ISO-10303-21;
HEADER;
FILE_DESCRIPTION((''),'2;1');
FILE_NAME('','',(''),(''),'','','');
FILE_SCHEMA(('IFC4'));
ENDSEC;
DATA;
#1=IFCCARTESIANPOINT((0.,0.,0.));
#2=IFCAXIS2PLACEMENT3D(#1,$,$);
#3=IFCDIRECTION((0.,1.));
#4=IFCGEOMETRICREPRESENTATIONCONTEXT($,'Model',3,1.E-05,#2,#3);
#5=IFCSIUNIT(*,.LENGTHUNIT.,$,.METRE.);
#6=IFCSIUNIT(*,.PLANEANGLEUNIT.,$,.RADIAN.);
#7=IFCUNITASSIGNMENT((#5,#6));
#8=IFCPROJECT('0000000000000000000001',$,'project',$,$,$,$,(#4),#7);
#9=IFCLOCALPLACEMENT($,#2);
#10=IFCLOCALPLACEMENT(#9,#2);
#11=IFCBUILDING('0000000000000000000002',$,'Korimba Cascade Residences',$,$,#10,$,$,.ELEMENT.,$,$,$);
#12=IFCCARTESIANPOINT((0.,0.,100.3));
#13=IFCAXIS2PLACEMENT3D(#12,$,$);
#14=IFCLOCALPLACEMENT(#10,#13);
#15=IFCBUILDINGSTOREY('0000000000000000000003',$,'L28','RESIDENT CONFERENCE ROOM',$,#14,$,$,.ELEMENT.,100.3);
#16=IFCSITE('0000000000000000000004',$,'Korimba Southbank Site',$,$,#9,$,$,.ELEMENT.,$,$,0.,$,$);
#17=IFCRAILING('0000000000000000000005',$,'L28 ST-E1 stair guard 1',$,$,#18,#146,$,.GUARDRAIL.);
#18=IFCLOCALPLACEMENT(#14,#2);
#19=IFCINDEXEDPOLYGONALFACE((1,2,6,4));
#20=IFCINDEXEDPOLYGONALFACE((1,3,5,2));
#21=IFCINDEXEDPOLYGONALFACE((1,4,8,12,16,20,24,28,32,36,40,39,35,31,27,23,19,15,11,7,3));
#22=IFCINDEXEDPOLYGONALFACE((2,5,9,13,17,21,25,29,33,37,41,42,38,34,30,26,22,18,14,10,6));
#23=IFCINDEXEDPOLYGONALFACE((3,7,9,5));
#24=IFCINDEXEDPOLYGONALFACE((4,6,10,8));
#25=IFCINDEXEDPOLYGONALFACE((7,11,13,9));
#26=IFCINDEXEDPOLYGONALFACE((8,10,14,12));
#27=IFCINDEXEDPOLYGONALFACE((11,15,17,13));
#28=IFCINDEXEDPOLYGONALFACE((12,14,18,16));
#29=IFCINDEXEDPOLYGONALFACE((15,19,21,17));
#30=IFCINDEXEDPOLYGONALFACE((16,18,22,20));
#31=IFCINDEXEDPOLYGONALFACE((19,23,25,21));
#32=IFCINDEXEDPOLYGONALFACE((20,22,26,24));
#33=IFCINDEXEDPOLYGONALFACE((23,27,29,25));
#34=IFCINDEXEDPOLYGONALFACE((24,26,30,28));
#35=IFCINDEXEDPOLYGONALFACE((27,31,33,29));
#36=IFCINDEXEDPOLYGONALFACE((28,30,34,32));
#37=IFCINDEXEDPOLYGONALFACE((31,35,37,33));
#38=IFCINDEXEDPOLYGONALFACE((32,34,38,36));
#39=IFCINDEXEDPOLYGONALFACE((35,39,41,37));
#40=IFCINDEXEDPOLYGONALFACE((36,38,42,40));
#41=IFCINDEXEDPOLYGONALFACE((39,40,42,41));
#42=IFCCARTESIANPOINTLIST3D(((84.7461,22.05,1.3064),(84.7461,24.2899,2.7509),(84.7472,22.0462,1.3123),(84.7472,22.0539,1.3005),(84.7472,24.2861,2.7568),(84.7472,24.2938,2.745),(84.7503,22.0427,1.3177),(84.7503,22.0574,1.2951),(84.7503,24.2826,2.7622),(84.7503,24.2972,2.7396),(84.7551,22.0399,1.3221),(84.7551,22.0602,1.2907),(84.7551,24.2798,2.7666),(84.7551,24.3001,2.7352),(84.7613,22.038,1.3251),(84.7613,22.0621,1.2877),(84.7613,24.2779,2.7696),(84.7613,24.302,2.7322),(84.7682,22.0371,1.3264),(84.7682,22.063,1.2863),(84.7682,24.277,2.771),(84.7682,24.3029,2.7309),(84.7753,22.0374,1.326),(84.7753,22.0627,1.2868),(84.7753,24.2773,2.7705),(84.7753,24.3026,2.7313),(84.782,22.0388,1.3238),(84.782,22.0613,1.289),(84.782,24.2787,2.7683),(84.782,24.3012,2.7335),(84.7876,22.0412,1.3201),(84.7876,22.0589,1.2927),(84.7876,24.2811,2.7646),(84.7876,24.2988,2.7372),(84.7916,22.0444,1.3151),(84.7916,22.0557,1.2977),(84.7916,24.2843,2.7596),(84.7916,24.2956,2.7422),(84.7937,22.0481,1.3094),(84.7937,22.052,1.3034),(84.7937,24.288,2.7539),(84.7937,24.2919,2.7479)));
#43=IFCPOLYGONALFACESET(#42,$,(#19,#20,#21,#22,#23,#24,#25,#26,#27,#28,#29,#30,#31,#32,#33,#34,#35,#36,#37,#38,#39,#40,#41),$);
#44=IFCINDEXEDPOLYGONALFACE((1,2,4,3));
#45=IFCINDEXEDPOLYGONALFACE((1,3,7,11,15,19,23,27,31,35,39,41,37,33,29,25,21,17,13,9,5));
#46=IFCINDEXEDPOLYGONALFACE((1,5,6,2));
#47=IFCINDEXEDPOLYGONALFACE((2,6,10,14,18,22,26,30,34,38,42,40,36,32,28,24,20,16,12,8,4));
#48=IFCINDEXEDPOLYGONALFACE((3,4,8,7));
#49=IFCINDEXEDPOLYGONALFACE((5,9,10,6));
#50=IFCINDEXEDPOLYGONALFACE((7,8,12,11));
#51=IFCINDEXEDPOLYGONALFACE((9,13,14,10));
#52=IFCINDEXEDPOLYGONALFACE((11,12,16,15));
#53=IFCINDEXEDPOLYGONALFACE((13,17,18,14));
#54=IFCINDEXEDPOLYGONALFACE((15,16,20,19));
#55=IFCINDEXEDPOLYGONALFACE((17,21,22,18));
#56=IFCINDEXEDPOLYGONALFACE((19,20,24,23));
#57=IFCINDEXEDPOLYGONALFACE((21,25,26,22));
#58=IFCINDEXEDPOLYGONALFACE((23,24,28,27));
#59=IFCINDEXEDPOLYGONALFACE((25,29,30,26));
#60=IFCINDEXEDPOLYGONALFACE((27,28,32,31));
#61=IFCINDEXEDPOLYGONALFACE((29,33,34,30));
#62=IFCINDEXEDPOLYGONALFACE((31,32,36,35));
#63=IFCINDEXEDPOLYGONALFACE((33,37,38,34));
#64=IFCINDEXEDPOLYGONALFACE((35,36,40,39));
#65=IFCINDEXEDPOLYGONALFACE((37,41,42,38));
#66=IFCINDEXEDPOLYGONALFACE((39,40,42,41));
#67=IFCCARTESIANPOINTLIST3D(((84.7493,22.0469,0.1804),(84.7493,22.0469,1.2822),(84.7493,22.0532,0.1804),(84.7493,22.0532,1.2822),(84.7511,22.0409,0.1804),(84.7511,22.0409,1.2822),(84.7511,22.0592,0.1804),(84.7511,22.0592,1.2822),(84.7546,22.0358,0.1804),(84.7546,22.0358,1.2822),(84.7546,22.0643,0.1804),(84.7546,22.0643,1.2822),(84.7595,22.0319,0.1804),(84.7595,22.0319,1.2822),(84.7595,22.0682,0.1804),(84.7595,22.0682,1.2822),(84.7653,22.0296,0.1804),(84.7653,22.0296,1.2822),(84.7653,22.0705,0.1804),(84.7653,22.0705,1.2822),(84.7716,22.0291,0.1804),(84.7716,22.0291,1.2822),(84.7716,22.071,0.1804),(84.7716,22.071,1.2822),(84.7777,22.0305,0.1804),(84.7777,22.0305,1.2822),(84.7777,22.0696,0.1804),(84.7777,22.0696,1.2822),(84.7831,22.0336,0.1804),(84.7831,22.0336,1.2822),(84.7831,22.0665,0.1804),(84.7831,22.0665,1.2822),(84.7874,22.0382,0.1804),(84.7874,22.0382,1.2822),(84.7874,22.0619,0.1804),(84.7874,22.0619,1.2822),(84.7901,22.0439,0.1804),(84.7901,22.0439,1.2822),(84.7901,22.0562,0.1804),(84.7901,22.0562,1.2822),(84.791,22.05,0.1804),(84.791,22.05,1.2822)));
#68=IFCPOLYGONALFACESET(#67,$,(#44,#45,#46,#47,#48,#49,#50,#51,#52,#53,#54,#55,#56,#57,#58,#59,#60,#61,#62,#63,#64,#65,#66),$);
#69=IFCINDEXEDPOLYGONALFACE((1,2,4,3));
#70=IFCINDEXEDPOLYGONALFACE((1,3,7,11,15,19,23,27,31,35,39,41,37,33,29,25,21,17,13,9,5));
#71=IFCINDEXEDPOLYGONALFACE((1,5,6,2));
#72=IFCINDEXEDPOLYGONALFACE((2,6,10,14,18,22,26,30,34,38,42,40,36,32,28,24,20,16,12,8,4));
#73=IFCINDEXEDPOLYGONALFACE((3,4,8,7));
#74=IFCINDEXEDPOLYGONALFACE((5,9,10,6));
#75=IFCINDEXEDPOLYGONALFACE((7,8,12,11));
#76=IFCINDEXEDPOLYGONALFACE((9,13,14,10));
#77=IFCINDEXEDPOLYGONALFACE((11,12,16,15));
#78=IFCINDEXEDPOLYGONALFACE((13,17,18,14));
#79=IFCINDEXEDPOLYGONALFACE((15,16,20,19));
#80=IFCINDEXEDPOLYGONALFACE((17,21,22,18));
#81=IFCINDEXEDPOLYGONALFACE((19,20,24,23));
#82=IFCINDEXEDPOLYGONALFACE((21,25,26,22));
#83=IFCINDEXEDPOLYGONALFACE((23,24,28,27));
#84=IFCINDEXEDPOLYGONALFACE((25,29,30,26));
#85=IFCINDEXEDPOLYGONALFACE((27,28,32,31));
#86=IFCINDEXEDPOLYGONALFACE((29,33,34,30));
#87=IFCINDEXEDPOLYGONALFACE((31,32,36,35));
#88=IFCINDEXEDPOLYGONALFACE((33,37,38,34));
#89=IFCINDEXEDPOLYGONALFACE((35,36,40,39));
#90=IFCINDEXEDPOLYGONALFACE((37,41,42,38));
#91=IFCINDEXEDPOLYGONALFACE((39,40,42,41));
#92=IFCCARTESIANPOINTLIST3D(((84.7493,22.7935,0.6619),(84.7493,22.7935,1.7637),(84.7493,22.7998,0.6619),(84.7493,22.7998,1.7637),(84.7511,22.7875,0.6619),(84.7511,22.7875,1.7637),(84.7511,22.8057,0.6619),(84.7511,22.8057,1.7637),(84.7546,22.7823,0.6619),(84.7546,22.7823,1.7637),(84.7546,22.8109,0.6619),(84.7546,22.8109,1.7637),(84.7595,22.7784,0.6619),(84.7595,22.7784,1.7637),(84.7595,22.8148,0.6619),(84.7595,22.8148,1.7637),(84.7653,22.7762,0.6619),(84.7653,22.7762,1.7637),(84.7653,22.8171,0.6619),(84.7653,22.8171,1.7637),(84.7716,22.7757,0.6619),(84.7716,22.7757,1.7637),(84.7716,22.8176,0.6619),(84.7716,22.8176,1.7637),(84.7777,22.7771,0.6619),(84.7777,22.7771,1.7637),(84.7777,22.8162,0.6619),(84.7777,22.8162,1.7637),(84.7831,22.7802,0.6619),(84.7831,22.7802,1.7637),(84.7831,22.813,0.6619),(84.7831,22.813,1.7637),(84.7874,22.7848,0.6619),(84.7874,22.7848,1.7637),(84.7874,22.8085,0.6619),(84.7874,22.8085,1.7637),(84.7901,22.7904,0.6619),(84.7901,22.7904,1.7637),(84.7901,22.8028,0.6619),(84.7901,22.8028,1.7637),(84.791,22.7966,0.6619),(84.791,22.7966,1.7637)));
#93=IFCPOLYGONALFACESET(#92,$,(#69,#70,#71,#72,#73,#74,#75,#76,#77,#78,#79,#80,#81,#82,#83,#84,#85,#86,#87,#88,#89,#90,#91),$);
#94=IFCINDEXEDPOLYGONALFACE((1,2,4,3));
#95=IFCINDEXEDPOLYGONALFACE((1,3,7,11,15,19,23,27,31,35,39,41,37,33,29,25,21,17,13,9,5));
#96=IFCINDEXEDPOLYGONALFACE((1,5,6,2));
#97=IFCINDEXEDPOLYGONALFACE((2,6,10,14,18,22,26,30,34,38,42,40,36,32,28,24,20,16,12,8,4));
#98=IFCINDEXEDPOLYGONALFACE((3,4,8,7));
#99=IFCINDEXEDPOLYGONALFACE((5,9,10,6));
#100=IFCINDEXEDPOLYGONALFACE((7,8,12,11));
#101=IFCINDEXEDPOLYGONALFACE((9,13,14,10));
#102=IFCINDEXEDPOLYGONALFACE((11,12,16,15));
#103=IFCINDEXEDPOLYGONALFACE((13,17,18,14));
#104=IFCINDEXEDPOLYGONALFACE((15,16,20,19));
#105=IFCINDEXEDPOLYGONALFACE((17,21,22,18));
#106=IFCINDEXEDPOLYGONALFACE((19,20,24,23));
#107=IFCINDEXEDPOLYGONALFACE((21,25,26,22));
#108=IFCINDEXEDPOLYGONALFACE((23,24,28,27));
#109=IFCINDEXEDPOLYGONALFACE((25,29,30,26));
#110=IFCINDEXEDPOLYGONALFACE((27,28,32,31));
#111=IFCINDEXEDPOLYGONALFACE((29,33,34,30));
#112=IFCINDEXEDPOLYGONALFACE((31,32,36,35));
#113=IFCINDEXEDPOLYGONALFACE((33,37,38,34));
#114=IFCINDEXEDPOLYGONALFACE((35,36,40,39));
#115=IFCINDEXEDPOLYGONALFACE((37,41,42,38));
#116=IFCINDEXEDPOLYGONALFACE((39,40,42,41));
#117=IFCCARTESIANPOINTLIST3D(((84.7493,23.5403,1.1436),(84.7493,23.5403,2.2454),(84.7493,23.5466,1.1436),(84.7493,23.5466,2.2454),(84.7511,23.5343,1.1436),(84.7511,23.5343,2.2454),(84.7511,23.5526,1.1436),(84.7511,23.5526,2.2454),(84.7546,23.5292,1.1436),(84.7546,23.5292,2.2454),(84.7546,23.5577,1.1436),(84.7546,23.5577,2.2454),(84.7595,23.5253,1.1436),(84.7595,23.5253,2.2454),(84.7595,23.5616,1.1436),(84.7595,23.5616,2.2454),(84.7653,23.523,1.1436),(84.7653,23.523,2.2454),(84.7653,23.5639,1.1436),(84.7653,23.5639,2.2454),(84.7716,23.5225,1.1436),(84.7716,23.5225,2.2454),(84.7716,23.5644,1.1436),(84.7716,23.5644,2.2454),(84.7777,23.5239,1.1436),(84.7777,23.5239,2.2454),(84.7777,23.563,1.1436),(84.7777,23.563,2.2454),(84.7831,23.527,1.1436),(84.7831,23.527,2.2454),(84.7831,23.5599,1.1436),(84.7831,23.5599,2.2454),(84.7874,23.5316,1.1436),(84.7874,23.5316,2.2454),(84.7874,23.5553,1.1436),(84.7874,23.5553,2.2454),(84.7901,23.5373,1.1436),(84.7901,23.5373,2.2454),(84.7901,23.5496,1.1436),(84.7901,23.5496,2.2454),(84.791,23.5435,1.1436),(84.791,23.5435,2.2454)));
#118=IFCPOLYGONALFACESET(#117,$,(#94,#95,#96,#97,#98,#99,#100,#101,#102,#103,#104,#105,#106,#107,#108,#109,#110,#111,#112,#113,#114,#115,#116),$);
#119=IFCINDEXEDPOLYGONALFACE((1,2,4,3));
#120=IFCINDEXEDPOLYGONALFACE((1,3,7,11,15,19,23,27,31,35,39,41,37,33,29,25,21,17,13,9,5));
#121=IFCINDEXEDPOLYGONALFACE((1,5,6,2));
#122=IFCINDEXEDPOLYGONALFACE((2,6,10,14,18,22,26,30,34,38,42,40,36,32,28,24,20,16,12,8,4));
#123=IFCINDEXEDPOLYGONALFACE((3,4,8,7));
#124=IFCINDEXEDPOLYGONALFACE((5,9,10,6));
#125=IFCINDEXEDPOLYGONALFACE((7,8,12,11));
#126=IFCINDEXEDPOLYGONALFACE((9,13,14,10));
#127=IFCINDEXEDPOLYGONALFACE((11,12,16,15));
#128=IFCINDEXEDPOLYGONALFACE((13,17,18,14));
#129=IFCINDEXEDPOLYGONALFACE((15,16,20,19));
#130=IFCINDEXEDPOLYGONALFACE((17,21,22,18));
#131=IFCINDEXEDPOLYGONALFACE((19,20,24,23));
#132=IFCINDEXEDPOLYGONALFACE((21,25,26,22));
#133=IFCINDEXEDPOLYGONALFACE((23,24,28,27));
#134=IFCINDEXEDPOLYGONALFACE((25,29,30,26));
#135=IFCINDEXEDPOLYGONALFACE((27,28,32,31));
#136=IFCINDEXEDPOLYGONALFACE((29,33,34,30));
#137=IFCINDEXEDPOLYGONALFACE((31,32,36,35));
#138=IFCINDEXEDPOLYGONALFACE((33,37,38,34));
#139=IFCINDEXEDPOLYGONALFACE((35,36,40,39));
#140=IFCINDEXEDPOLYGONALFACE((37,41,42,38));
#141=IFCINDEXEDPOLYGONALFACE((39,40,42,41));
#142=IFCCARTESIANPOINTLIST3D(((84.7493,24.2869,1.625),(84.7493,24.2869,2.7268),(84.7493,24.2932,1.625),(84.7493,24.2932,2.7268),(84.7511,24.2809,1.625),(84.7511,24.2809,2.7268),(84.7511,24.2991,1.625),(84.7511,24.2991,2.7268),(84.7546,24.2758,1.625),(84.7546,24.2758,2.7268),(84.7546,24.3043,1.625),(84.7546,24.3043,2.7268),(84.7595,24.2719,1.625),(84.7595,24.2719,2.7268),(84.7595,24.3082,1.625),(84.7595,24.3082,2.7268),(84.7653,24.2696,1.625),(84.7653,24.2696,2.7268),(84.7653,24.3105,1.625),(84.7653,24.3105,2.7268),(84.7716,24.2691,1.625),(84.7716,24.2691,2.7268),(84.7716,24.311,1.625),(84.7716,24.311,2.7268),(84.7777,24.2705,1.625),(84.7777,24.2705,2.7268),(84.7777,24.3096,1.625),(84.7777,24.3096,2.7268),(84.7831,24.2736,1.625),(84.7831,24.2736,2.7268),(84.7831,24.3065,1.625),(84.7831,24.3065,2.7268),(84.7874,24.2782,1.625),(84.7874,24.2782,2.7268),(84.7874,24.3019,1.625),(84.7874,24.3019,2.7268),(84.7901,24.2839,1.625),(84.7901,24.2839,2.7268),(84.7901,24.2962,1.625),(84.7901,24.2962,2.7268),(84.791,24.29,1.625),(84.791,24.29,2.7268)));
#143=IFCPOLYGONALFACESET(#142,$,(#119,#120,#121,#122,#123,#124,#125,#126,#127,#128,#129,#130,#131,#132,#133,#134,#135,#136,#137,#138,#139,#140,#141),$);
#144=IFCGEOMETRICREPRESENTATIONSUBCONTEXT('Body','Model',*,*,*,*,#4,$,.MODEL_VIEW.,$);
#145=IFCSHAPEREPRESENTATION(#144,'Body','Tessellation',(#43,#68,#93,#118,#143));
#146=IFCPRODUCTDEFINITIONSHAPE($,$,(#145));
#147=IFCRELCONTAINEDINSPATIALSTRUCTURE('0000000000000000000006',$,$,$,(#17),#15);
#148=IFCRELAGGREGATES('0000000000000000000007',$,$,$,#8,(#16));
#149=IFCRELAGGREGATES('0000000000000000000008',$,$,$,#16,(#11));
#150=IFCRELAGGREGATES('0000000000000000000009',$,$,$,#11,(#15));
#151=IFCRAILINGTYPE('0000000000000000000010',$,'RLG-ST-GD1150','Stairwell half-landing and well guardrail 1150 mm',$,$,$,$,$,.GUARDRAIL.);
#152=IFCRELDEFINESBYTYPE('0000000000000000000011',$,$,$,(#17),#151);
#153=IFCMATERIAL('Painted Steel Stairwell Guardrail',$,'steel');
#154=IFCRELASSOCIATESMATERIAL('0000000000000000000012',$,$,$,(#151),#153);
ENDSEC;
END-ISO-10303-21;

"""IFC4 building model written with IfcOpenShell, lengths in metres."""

from ifc_helpers import new_model, si_unit, direction, frame, origin, origin_2d, place, context, subcontext, project, spatial, circle, extrude, material, type_object, element, save


model = new_model("IFC4")

# Units and contexts
model_context = context("Model", 3, precision=1e-05, world=origin(), true_north=direction((0.0, 1.0)))
body_context = subcontext(model_context, "Body", "Model", "MODEL_VIEW")
ifc_project = project(units=[si_unit("LENGTHUNIT", "METRE"), si_unit("PLANEANGLEUNIT", "RADIAN")], contexts=[model_context])

# Site, building, storey
site_placement = place(None, origin())
site = spatial("IfcSite", under=ifc_project, at=site_placement, Name="Korimba Southbank Site", CompositionType="ELEMENT", RefElevation=0.0)
building_placement = place(site_placement, origin())
building = spatial("IfcBuilding", under=site, at=building_placement, Name="Korimba Cascade Residences", CompositionType="ELEMENT")
storey_placement = place(building_placement, frame((0.0, 0.0, 100.3)))
storey = spatial("IfcBuildingStorey", under=building, at=storey_placement, Name="L28", Description="RESIDENT CONFERENCE ROOM", CompositionType="ELEMENT", Elevation=100.3)

# Railing
ifc_material_1 = material(Name="Painted Steel Stairwell Guardrail", Category="steel")
railing_type_1 = type_object("IfcRailingType", Name="RLG-ST-GD1150", Description="Stairwell half-landing and well guardrail 1150 mm", PredefinedType="GUARDRAIL", material=ifc_material_1)
railing_1_placement = place(storey_placement, frame((84.77, 22.05, 0.1804)))
element("IfcRailing", 1, at=railing_1_placement, inside=storey, type_object=railing_type_1, Name="L28 ST-E1 stair guard 1", PredefinedType="GUARDRAIL", context=body_context, shape_type="SweptSolid", body=[
    extrude(circle(Radius=0.0239, at=origin_2d()), frame((0.0, 0.0, 1.126), z_axis=(0.0, 0.840395, 0.541975), x_axis=(-1.0, 0.0, 0.0)), (0.0, 0.0, 1.0), 2.6653),
    extrude(circle(Radius=0.021, at=origin_2d()), origin(), (0.0, 0.0, 1.0), 1.1018),
    extrude(circle(Radius=0.021, at=origin_2d()), frame((0.0, 0.7466, 0.4814)), (0.0, 0.0, 1.0), 1.1018),
    extrude(circle(Radius=0.021, at=origin_2d()), frame((0.0, 1.4934, 0.9631)), (0.0, 0.0, 1.0), 1.1018),
    extrude(circle(Radius=0.021, at=origin_2d()), frame((0.0, 2.24, 1.4446)), (0.0, 0.0, 1.0), 1.1018),
])

save(model, "model.ifc")
